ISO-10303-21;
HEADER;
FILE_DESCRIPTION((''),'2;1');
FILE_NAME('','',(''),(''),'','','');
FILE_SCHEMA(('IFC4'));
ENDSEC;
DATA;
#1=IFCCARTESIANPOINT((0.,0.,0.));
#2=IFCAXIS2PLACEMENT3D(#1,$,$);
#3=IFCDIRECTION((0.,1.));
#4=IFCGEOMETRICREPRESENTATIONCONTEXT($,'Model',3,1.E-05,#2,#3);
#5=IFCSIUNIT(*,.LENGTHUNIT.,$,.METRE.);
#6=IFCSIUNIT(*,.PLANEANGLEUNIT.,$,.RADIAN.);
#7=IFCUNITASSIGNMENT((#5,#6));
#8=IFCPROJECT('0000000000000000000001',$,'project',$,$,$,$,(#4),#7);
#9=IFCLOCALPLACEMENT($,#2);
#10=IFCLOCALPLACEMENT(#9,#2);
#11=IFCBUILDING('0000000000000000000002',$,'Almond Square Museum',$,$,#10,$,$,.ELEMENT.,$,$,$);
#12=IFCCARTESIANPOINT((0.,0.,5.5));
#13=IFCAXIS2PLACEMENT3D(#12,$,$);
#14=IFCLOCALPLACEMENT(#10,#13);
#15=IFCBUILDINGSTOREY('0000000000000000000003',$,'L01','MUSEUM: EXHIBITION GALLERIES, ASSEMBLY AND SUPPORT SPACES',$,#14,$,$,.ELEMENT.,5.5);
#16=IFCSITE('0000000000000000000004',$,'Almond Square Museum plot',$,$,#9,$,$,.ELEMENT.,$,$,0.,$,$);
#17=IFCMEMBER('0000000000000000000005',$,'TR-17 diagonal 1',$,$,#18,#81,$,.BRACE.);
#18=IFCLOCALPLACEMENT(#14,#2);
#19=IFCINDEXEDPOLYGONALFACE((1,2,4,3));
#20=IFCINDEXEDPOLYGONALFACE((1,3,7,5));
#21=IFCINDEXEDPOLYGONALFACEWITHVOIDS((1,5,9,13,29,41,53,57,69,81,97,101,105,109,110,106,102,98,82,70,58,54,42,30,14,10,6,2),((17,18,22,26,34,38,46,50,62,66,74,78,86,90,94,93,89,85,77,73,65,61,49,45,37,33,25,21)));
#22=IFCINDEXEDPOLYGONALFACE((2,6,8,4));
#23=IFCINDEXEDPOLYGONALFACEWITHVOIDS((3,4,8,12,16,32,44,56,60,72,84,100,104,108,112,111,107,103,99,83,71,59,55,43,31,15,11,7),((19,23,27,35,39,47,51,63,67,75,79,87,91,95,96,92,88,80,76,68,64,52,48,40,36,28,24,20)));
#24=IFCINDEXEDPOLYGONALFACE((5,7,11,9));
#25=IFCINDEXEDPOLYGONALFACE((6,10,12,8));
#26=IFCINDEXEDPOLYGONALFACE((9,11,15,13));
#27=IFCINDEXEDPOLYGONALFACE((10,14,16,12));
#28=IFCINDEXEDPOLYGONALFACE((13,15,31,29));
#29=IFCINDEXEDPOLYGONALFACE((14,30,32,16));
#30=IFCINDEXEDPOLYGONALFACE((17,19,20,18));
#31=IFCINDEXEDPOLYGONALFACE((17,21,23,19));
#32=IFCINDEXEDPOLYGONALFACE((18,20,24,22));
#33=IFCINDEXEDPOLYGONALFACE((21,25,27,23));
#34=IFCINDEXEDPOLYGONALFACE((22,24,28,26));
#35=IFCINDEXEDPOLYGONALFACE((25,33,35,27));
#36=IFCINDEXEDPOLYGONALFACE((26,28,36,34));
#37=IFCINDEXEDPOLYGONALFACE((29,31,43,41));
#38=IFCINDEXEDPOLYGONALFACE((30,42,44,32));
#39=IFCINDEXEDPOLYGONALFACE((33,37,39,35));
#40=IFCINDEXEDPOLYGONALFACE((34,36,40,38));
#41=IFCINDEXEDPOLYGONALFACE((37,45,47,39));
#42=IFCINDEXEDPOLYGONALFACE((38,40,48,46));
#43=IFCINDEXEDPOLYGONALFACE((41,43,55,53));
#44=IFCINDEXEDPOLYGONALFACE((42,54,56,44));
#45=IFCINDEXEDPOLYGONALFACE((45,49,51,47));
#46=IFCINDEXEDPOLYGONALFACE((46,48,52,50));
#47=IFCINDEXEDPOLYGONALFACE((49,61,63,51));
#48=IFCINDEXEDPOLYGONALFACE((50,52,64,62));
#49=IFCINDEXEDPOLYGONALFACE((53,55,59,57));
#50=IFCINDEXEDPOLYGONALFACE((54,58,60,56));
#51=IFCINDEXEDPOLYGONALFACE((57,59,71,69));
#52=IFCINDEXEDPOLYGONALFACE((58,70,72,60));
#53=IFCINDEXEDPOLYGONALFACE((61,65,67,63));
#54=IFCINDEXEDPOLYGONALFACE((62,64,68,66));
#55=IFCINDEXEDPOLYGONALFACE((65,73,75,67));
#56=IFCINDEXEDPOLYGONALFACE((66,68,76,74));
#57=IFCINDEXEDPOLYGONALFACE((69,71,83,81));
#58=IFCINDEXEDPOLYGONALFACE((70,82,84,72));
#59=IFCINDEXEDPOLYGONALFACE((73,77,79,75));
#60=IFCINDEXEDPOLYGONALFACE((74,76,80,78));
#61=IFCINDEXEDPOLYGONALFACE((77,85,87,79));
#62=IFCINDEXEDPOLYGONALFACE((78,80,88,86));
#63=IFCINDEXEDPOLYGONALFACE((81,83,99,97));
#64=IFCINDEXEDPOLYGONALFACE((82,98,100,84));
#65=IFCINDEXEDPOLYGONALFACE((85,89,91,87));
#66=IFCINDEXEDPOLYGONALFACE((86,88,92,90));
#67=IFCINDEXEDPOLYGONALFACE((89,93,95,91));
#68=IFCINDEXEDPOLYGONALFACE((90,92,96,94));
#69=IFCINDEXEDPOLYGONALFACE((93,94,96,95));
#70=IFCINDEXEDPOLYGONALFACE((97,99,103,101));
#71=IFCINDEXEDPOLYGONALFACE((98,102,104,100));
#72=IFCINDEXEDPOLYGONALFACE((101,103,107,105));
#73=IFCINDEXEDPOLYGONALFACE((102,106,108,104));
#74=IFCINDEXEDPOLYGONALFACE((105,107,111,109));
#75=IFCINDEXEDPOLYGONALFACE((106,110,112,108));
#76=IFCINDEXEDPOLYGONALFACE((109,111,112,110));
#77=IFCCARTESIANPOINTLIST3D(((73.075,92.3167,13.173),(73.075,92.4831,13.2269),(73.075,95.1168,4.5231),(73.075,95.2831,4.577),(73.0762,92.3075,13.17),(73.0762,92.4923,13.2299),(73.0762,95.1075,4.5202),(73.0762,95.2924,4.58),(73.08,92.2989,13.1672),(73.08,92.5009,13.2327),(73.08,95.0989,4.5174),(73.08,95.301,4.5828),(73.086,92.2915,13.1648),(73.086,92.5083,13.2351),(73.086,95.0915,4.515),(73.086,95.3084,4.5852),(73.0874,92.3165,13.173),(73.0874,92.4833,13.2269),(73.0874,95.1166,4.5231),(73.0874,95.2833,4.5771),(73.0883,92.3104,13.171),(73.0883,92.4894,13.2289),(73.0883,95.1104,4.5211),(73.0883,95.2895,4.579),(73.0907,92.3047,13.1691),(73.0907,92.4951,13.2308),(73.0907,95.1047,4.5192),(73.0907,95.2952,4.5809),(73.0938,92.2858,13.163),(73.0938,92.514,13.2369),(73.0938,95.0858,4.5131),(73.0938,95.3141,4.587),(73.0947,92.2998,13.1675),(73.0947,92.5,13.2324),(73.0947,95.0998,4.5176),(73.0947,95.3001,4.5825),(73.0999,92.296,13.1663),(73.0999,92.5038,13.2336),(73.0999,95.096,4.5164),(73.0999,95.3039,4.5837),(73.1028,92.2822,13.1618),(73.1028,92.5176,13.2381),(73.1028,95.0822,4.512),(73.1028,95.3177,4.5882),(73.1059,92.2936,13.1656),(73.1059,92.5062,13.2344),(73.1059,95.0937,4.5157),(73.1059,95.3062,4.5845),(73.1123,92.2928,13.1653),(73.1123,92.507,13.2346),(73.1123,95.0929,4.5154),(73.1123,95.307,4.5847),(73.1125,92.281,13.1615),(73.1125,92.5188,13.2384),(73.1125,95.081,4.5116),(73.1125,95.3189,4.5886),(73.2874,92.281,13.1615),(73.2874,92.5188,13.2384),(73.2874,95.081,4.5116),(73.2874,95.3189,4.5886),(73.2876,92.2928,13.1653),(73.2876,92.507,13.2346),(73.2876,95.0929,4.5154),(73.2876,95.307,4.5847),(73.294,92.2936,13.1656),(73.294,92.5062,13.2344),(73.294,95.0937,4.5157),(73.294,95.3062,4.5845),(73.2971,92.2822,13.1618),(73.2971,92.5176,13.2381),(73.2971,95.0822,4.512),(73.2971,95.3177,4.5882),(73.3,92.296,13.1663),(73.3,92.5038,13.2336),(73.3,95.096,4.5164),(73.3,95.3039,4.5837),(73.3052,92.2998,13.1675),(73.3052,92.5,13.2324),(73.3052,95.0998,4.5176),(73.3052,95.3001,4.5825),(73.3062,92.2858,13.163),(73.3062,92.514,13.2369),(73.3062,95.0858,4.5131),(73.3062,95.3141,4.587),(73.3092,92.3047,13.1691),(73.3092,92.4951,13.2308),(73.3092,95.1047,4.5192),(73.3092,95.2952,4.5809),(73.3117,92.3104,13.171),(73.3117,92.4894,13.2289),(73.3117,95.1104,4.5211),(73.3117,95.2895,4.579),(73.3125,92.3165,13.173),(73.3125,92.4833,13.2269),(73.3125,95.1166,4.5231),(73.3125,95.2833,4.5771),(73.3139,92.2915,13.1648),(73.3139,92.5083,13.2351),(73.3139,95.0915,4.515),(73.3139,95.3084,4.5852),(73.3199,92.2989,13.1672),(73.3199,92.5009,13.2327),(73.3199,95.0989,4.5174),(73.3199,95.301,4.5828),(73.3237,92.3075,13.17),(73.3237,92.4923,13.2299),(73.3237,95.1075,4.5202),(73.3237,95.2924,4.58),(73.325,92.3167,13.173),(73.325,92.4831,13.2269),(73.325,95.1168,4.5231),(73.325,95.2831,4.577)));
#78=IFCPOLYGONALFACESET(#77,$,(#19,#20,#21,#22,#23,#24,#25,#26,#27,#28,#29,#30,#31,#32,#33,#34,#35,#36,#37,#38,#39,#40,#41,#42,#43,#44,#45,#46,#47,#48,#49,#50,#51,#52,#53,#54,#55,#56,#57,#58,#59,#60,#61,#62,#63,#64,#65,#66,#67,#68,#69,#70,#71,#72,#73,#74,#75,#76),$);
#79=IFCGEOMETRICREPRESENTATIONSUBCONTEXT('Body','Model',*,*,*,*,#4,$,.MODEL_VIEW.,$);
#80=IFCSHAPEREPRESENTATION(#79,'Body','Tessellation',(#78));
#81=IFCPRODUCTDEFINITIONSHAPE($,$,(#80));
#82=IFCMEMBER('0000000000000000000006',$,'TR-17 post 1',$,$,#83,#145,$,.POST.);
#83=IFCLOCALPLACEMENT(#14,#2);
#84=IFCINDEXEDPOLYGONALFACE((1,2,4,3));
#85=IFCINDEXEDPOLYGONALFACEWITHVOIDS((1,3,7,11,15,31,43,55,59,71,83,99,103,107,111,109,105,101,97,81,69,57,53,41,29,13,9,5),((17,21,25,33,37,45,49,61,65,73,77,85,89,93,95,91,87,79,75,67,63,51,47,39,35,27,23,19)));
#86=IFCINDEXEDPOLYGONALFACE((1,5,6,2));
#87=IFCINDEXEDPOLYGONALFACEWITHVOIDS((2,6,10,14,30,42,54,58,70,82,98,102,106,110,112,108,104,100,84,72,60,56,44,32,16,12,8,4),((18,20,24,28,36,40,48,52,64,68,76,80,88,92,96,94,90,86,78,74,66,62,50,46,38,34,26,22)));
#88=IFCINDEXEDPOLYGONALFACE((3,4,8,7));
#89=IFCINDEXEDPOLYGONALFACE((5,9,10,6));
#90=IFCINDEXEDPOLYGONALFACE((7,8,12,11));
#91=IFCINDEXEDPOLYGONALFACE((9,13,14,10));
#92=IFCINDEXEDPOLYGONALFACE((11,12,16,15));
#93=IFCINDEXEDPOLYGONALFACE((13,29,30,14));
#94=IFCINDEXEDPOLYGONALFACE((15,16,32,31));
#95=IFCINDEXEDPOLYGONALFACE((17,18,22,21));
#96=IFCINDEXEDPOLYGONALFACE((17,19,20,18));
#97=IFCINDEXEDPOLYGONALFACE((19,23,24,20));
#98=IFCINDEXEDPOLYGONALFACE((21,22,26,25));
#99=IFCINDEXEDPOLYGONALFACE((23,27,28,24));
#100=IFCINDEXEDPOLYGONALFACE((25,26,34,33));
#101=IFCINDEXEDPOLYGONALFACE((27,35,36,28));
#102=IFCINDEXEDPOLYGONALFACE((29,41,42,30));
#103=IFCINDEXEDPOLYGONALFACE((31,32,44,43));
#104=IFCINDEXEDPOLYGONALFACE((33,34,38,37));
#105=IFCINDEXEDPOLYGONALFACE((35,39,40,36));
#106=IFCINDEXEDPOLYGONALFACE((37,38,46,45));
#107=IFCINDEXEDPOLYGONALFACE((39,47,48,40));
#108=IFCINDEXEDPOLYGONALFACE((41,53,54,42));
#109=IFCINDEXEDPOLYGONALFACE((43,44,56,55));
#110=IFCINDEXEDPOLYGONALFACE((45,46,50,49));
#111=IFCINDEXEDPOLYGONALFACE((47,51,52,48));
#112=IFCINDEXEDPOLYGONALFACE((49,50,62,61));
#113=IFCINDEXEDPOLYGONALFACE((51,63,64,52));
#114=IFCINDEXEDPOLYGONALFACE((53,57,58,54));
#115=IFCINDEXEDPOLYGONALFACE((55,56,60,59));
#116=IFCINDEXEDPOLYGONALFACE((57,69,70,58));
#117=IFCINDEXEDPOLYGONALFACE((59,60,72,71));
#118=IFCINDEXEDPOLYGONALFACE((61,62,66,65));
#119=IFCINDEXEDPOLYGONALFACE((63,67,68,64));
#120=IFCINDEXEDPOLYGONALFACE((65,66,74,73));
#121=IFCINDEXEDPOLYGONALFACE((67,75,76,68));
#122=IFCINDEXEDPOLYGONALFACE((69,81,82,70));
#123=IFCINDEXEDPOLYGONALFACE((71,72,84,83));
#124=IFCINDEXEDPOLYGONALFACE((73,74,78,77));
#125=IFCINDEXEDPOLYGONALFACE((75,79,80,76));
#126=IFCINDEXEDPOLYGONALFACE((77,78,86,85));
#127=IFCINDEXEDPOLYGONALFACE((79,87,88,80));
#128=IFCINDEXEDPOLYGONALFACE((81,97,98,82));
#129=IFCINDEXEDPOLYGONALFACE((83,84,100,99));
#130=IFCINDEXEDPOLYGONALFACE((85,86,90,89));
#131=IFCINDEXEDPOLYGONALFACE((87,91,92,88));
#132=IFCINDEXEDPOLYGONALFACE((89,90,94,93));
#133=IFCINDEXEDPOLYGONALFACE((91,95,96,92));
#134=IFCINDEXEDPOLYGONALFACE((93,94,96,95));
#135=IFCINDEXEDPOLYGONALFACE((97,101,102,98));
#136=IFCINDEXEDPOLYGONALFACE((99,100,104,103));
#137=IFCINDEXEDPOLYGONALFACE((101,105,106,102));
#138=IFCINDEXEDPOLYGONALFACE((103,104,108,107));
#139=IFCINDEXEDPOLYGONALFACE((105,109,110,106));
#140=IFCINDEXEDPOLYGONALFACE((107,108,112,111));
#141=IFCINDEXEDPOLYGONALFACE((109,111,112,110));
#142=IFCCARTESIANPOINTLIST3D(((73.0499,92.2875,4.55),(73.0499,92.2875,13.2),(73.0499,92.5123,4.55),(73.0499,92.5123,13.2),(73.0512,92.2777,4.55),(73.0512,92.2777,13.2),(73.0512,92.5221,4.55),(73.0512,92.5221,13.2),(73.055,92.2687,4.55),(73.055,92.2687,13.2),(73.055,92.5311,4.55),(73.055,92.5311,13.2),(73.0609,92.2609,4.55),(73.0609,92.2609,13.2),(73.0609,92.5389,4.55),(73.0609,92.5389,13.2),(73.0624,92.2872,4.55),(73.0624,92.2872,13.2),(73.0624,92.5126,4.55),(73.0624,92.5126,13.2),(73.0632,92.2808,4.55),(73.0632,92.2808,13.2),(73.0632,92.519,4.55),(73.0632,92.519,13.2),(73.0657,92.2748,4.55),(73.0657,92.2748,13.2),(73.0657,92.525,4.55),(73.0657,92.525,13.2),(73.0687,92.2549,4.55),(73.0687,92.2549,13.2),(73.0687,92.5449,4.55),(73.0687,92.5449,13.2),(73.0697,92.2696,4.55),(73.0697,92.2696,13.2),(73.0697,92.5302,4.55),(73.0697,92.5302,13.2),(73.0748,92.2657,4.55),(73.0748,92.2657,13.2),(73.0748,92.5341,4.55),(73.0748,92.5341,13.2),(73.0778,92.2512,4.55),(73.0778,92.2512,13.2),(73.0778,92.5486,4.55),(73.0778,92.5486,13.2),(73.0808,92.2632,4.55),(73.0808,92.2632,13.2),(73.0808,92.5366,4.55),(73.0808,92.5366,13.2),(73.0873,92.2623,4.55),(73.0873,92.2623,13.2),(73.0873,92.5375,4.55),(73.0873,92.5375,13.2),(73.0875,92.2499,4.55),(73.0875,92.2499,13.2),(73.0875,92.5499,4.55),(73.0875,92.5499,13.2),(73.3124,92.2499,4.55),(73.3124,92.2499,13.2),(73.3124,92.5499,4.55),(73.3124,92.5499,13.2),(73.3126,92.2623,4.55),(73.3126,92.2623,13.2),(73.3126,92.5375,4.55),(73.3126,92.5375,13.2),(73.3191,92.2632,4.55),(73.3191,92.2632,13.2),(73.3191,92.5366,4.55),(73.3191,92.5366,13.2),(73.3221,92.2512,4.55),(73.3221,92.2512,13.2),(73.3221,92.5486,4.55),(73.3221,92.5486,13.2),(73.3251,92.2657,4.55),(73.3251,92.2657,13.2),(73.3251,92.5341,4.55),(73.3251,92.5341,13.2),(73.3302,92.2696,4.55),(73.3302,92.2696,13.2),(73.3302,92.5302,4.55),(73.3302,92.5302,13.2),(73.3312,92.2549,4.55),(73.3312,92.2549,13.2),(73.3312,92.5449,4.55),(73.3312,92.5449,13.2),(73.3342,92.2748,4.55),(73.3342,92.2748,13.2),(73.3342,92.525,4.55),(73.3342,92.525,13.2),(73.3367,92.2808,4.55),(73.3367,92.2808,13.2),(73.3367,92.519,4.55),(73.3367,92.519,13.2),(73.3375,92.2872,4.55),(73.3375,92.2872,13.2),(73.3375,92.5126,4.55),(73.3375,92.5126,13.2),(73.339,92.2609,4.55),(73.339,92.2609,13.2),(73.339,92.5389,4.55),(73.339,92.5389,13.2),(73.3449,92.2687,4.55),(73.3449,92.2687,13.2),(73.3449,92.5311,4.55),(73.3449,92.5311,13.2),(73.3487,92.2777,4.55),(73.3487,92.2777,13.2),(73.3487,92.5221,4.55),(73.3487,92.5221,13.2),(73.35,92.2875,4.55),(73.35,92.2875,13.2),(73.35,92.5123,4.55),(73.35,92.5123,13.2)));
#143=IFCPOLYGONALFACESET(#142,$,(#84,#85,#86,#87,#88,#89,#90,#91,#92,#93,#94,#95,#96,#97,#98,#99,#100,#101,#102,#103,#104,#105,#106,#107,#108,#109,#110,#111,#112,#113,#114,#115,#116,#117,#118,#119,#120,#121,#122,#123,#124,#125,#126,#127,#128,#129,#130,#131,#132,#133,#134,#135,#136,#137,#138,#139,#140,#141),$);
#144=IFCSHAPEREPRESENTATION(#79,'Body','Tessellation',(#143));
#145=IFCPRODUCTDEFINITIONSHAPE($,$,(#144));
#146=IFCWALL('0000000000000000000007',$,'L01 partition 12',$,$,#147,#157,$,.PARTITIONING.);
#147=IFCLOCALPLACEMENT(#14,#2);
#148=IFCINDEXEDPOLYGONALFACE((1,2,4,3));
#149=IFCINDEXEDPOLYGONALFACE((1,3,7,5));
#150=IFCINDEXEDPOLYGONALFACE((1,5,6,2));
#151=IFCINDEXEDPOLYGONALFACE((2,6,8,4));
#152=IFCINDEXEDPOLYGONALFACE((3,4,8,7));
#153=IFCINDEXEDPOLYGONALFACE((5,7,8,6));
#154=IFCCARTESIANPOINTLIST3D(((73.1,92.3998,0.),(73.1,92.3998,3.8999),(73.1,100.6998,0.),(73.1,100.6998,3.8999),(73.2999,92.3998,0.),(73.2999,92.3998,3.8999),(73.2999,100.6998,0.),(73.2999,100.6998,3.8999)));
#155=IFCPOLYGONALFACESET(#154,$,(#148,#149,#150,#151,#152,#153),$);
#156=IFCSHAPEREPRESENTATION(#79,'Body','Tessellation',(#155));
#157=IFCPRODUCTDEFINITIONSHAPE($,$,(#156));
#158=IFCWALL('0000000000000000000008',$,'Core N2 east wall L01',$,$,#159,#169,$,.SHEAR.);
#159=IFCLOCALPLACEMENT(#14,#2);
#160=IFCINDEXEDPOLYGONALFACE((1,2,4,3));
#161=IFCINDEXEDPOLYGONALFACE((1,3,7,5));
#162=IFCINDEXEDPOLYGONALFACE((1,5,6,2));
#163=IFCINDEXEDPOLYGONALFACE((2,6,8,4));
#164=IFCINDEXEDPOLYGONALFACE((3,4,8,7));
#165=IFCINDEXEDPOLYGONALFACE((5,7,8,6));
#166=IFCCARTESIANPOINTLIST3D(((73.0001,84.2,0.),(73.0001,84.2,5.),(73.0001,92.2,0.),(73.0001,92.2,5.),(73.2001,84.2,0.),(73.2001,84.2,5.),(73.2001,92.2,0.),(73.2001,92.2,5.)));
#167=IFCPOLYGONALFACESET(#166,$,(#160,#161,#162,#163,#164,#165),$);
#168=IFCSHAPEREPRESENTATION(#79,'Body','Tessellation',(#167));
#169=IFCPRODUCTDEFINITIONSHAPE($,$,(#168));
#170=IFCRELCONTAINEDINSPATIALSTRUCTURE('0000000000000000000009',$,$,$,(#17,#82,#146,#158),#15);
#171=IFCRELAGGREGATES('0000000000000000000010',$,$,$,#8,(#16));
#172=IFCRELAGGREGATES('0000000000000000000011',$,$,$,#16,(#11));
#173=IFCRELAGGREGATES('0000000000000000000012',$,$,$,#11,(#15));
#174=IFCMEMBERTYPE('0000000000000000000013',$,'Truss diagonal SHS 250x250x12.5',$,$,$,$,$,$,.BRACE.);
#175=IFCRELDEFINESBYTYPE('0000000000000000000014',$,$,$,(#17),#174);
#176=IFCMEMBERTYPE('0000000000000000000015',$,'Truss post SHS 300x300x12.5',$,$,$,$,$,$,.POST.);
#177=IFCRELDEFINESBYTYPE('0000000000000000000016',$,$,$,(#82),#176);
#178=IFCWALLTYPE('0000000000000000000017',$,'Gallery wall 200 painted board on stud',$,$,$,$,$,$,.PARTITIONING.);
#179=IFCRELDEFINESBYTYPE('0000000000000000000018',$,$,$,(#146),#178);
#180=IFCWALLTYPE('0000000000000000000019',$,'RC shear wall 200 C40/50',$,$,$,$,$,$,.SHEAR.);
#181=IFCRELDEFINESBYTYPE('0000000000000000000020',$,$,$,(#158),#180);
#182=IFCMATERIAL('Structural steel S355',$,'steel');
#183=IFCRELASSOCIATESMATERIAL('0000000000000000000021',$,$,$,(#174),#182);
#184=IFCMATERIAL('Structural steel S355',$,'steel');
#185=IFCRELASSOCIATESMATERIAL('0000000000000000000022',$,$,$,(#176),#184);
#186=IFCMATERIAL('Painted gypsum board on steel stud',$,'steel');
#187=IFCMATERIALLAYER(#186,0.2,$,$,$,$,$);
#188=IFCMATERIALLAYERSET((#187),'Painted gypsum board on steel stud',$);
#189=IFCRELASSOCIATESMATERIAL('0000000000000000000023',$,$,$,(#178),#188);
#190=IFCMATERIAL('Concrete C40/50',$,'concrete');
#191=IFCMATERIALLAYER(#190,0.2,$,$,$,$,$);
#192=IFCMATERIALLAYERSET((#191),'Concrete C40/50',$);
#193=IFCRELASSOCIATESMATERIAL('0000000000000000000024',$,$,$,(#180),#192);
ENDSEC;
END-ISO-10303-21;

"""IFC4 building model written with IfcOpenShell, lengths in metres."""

from ifc_helpers import new_model, si_unit, direction, frame, frame_2d, origin, origin_2d, place, context, subcontext, project, spatial, rectangle, hollow_rectangle, extrude, material, layer, layer_set, material_profile, profile_set, type_object, element, save


model = new_model("IFC4")

# Units and contexts
model_context = context("Model", 3, precision=1e-05, world=origin(), true_north=direction((0.0, 1.0)))
body_context = subcontext(model_context, "Body", "Model", "MODEL_VIEW")
ifc_project = project(units=[si_unit("LENGTHUNIT", "METRE"), si_unit("PLANEANGLEUNIT", "RADIAN")], contexts=[model_context])

# Site, building, storey
site_placement = place(None, origin())
site = spatial("IfcSite", under=ifc_project, at=site_placement, Name="Almond Square Museum plot", CompositionType="ELEMENT", RefElevation=0.0)
building_placement = place(site_placement, origin())
building = spatial("IfcBuilding", under=site, at=building_placement, Name="Almond Square Museum", CompositionType="ELEMENT")
storey_placement = place(building_placement, frame((0.0, 0.0, 5.5)))
storey = spatial("IfcBuildingStorey", under=building, at=storey_placement, Name="L01", Description="MUSEUM: EXHIBITION GALLERIES, ASSEMBLY AND SUPPORT SPACES", CompositionType="ELEMENT", Elevation=5.5)

# Members
ifc_material_1 = material(Name="Structural steel S355", Category="steel")
ifc_material_profile_1 = material_profile(ifc_material_1, hollow_rectangle(XDim=0.25, YDim=0.25, WallThickness=0.0125, InnerFilletRadius=0.0249, OuterFilletRadius=0.0376, at=origin_2d()))
ifc_profile_set_1 = profile_set([ifc_material_profile_1], Name="Structural steel S355")
member_type_1 = type_object("IfcMemberType", Name="Truss diagonal SHS 250x250x12.5", PredefinedType="BRACE", material=ifc_profile_set_1)
member_1_placement = place(storey_placement, frame((73.2, 92.3999, 13.2), z_axis=(0.0, 0.307975, -0.951395), x_axis=(-1.0, 0.0, 0.0)))
element("IfcMember", 1, at=member_1_placement, inside=storey, type_object=member_type_1, Name="TR-17 diagonal 1", PredefinedType="BRACE", context=body_context, shape_type="SweptSolid", body=[
    extrude(hollow_rectangle(XDim=0.25, YDim=0.25, WallThickness=0.0125, InnerFilletRadius=0.0249, OuterFilletRadius=0.0376, at=origin_2d()), origin(), (0.0, 0.0, 1.0), 9.0918),
])
ifc_material_2 = material(Name="Structural steel S355", Category="steel")
ifc_material_profile_2 = material_profile(ifc_material_2, hollow_rectangle(XDim=0.3, YDim=0.3, WallThickness=0.0125, InnerFilletRadius=0.0249, OuterFilletRadius=0.0376, at=origin_2d()))
ifc_profile_set_2 = profile_set([ifc_material_profile_2], Name="Structural steel S355")
member_type_2 = type_object("IfcMemberType", Name="Truss post SHS 300x300x12.5", PredefinedType="POST", material=ifc_profile_set_2)
member_2_placement = place(storey_placement, frame((73.2, 92.3999, 4.55), z_axis=(0.0, 0.0, 1.0), x_axis=(1.0, 0.0, 0.0)))
element("IfcMember", 2, at=member_2_placement, inside=storey, type_object=member_type_2, Name="TR-17 post 1", PredefinedType="POST", context=body_context, shape_type="SweptSolid", body=[
    extrude(hollow_rectangle(XDim=0.3, YDim=0.3, WallThickness=0.0125, InnerFilletRadius=0.0249, OuterFilletRadius=0.0376, at=origin_2d()), origin(), (0.0, 0.0, 1.0), 8.6499),
])

# Walls
ifc_material_3 = material(Name="Painted gypsum board on steel stud", Category="steel")
ifc_layer_1 = layer(ifc_material_3, 0.2)
ifc_layer_set_1 = layer_set([ifc_layer_1], Name="Painted gypsum board on steel stud")
wall_type_1 = type_object("IfcWallType", Name="Gallery wall 200 painted board on stud", PredefinedType="PARTITIONING", material=ifc_layer_set_1)
wall_1_placement = place(storey_placement, frame((73.2, 92.3999, 0.0), z_axis=(0.0, 0.0, 1.0), x_axis=(0.0, 1.0, 0.0)))
element("IfcWall", 3, at=wall_1_placement, inside=storey, type_object=wall_type_1, Name="L01 partition 12", PredefinedType="PARTITIONING", context=body_context, shape_type="SweptSolid", body=[
    extrude(rectangle(XDim=8.3, YDim=0.2, at=frame_2d((4.1499, 0.0))), origin(), (0.0, 0.0, 1.0), 3.8999),
])
ifc_material_4 = material(Name="Concrete C40/50", Category="concrete")
ifc_layer_2 = layer(ifc_material_4, 0.2)
ifc_layer_set_2 = layer_set([ifc_layer_2], Name="Concrete C40/50")
wall_type_2 = type_object("IfcWallType", Name="RC shear wall 200 C40/50", PredefinedType="SHEAR", material=ifc_layer_set_2)
wall_2_placement = place(storey_placement, frame((73.1001, 84.2, 0.0), z_axis=(0.0, 0.0, 1.0), x_axis=(0.0, 1.0, 0.0)))
element("IfcWall", 4, at=wall_2_placement, inside=storey, type_object=wall_type_2, Name="Core N2 east wall L01", PredefinedType="SHEAR", context=body_context, shape_type="SweptSolid", body=[
    extrude(rectangle(XDim=8.0, YDim=0.2, at=frame_2d((4.0, 0.0))), origin(), (0.0, 0.0, 1.0), 5.0),
])

save(model, "model.ifc")
